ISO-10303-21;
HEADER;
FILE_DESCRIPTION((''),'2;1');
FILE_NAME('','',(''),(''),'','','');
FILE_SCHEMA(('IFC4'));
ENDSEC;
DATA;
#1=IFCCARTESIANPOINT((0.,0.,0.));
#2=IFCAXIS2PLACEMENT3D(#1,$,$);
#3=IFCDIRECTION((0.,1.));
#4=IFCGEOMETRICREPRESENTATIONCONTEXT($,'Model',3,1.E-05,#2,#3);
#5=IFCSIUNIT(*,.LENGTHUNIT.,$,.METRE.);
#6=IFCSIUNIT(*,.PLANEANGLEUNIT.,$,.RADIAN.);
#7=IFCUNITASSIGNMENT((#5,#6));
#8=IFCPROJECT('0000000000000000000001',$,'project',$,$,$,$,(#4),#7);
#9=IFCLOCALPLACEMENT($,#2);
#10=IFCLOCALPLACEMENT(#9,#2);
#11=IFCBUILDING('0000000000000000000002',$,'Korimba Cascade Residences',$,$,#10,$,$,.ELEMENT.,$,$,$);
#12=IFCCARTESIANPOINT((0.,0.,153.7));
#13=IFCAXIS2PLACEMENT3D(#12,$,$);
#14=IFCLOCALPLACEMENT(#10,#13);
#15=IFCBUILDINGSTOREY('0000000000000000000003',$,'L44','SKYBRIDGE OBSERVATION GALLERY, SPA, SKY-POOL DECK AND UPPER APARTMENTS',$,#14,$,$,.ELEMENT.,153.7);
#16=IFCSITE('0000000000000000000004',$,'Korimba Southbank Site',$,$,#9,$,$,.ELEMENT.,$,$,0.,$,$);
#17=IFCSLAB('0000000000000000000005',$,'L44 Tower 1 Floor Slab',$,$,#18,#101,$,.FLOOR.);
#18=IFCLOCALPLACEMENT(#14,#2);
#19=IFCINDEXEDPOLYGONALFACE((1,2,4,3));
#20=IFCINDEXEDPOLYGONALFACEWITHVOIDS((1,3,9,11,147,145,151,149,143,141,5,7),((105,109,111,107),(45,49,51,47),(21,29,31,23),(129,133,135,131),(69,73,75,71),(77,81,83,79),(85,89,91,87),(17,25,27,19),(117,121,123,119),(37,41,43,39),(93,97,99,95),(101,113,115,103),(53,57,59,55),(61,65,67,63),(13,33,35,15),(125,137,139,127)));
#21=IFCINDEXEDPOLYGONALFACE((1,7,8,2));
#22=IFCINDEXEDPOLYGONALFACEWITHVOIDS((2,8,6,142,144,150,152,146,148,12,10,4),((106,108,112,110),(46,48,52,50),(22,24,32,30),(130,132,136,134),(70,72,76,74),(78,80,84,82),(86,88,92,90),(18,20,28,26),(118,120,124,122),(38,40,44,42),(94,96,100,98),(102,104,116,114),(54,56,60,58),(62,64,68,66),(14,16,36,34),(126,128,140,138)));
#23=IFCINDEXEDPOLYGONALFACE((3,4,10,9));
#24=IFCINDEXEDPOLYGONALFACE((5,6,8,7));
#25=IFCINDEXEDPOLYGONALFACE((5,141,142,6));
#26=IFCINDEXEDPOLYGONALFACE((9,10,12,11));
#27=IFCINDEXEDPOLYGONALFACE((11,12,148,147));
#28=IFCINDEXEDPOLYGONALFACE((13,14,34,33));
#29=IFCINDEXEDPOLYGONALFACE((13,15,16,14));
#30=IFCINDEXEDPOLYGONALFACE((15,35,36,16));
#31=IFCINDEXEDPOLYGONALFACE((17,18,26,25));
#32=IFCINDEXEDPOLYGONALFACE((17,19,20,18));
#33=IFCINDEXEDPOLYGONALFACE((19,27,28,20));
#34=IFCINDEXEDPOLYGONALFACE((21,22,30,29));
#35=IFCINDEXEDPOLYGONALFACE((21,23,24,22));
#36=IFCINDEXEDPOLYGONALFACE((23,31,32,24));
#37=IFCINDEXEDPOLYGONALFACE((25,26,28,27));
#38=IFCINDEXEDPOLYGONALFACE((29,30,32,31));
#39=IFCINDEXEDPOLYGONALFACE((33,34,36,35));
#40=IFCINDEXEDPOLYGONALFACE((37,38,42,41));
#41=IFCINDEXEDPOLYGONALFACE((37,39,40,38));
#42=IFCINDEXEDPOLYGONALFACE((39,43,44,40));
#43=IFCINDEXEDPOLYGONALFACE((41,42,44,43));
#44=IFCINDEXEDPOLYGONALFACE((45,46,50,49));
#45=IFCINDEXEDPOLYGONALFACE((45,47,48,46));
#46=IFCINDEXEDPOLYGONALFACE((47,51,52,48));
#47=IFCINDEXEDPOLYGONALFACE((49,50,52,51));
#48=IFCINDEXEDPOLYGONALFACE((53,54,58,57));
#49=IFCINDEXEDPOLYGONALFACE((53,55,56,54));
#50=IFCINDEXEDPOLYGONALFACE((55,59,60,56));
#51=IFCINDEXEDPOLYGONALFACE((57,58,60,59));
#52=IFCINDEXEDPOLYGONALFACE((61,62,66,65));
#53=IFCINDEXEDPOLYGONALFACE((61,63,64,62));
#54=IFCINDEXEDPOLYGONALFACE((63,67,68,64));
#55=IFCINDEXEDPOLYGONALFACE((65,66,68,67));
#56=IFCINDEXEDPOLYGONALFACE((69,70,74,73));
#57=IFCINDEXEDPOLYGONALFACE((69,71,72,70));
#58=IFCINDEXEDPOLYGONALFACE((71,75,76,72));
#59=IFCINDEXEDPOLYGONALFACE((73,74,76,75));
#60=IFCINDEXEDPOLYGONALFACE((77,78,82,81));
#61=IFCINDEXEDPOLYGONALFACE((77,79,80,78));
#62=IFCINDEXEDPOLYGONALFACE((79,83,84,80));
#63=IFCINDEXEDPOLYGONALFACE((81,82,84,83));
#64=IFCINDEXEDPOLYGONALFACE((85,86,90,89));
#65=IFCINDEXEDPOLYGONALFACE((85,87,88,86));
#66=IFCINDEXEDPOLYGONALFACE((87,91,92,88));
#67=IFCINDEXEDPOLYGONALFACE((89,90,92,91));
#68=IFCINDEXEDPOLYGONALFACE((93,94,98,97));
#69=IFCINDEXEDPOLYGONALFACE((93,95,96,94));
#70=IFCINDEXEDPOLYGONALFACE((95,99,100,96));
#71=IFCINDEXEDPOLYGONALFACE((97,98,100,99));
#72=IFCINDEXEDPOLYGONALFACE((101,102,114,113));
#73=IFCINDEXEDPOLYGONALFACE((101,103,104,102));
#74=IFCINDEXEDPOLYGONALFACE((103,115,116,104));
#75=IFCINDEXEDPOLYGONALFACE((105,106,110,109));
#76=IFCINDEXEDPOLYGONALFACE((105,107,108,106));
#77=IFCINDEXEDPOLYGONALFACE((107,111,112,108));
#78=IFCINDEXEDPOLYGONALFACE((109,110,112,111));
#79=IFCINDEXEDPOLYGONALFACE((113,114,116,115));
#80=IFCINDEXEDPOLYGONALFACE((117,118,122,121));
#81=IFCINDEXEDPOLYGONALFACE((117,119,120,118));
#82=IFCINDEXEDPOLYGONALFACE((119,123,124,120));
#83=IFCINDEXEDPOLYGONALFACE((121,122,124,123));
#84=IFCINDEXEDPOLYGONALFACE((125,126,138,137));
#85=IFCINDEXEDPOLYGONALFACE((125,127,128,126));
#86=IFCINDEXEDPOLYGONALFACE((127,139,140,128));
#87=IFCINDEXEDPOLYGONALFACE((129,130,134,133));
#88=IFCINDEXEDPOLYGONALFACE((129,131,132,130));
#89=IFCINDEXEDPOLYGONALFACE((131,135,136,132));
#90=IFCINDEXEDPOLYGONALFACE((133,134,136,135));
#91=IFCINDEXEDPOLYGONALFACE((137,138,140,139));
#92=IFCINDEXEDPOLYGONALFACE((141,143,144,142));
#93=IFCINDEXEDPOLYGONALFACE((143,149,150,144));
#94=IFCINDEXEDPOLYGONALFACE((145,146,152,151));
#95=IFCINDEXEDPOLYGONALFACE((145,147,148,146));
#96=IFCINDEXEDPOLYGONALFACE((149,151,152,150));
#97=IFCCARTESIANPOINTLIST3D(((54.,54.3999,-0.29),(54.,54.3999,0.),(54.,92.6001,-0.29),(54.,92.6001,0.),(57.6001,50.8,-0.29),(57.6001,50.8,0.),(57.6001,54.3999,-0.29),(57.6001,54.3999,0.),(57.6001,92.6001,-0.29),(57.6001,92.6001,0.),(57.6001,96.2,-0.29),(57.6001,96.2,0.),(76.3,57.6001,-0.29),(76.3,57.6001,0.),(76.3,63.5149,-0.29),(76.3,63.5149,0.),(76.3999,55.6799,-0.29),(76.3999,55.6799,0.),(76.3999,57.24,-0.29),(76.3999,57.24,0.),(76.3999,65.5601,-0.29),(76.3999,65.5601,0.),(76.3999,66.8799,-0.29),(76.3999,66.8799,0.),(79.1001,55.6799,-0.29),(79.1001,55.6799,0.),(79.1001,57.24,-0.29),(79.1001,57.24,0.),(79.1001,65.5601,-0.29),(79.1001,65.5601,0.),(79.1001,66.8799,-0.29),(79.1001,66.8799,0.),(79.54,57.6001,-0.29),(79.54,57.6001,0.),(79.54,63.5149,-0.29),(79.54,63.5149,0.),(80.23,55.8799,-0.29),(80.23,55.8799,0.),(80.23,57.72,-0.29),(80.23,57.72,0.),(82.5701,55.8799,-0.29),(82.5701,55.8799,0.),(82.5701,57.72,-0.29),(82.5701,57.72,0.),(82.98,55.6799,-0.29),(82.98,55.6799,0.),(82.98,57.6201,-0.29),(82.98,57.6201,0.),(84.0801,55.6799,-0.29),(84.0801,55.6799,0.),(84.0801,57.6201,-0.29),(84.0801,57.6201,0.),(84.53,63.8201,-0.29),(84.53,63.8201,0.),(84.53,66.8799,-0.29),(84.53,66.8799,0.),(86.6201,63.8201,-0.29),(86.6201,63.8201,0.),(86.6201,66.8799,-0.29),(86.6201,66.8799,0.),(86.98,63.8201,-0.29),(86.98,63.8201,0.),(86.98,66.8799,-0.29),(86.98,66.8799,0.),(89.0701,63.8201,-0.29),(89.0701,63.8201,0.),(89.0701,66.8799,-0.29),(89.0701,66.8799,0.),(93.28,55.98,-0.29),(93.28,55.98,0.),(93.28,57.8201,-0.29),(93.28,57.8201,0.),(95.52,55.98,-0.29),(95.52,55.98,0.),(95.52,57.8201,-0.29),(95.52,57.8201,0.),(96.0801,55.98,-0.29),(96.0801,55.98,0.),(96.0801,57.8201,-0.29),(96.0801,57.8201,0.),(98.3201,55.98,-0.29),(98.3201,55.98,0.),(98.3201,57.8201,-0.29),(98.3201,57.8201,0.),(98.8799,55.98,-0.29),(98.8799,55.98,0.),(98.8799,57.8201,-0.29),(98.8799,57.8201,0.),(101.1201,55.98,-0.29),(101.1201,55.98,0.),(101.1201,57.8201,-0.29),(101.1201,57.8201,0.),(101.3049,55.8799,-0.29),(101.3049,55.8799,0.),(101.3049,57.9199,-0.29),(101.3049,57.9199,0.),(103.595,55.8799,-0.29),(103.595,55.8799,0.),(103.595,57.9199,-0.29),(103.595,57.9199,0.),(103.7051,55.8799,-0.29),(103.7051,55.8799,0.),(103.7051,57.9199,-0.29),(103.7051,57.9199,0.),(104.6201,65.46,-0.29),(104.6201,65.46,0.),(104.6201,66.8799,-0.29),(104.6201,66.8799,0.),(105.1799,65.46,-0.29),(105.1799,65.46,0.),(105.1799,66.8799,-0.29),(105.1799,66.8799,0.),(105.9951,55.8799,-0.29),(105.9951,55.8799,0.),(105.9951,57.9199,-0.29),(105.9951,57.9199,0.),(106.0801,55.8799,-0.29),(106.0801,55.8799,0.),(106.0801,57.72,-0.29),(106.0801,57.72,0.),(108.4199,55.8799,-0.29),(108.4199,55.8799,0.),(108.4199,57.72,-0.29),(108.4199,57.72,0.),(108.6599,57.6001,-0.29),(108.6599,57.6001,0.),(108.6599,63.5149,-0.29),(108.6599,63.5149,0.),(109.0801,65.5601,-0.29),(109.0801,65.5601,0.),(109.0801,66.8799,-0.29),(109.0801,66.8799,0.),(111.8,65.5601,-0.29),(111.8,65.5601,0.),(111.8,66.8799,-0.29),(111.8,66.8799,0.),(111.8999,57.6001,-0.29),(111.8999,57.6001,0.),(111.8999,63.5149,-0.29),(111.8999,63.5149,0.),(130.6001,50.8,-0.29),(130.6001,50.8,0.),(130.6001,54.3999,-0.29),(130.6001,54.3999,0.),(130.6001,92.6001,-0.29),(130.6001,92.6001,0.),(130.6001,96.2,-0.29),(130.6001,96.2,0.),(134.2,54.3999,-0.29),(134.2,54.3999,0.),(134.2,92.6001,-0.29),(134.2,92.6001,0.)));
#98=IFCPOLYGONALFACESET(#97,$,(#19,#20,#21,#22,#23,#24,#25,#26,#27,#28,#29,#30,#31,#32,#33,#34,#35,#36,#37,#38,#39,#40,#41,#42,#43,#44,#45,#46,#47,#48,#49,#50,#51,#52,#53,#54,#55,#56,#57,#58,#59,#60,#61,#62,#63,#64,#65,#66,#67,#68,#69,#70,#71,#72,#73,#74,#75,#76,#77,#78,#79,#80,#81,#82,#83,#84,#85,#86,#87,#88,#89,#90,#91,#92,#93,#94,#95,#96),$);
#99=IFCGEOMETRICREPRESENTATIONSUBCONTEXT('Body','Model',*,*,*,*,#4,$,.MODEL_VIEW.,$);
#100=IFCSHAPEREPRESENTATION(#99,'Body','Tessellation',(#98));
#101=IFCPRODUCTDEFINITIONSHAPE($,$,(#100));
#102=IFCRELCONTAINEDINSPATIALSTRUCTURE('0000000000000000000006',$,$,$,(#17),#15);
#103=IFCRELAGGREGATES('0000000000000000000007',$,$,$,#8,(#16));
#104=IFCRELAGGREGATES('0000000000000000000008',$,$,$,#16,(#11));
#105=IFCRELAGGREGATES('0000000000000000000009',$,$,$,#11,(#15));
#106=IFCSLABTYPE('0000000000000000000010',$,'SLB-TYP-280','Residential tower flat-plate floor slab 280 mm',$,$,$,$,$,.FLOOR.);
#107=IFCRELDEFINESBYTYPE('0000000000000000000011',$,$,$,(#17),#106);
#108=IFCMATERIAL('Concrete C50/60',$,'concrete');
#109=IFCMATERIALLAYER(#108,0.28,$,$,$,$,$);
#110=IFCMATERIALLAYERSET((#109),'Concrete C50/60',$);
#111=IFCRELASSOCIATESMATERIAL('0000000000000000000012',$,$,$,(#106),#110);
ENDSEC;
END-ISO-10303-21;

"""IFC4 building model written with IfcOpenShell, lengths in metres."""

from ifc_helpers import new_model, si_unit, direction, frame, origin, place, context, subcontext, project, spatial, polyline, outline, extrude, material, layer, layer_set, type_object, element, save


model = new_model("IFC4")

# Units and contexts
model_context = context("Model", 3, precision=1e-05, world=origin(), true_north=direction((0.0, 1.0)))
body_context = subcontext(model_context, "Body", "Model", "MODEL_VIEW")
ifc_project = project(units=[si_unit("LENGTHUNIT", "METRE"), si_unit("PLANEANGLEUNIT", "RADIAN")], contexts=[model_context])

# Site, building, storey
site_placement = place(None, origin())
site = spatial("IfcSite", under=ifc_project, at=site_placement, Name="Korimba Southbank Site", CompositionType="ELEMENT", RefElevation=0.0)
building_placement = place(site_placement, origin())
building = spatial("IfcBuilding", under=site, at=building_placement, Name="Korimba Cascade Residences", CompositionType="ELEMENT")
storey_placement = place(building_placement, frame((0.0, 0.0, 153.7)))
storey = spatial("IfcBuildingStorey", under=building, at=storey_placement, Name="L44", Description="SKYBRIDGE OBSERVATION GALLERY, SPA, SKY-POOL DECK AND UPPER APARTMENTS", CompositionType="ELEMENT", Elevation=153.7)

# Shared definitions
ifc_material_1 = material(Name="Concrete C50/60", Category="concrete")

# Slab
ifc_layer_1 = layer(ifc_material_1, 0.28)
ifc_layer_set_1 = layer_set([ifc_layer_1], Name="Concrete C50/60")
slab_type_1 = type_object("IfcSlabType", Name="SLB-TYP-280", Description="Residential tower flat-plate floor slab 280 mm", PredefinedType="FLOOR", material=ifc_layer_set_1)
slab_1_placement = place(storey_placement, frame((0.0, 0.0, -0.29)))
element("IfcSlab", 1, at=slab_1_placement, inside=storey, type_object=slab_type_1, Name="L44 Tower 1 Floor Slab", PredefinedType="FLOOR", context=body_context, shape_type="SweptSolid", body=[
    extrude(outline(polyline([(57.6001, 50.8), (130.6001, 50.8), (130.6001, 54.3999), (134.2, 54.3999), (134.2, 92.6001), (130.6001, 92.6001), (130.6001, 96.2), (57.6001, 96.2), (57.6001, 92.6001), (54.0, 92.6001), (54.0, 54.3999), (57.6001, 54.3999), (57.6001, 50.8)]), holes=[polyline([(76.3, 63.5149), (76.3, 57.6001), (79.54, 57.6001), (79.54, 63.5149), (76.3, 63.5149)]), polyline([(108.6599, 63.5149), (108.6599, 57.6001), (111.8999, 57.6001), (111.8999, 63.5149), (108.6599, 63.5149)]), polyline([(80.23, 55.8799), (82.5701, 55.8799), (82.5701, 57.72), (80.23, 57.72), (80.23, 55.8799)]), polyline([(106.0801, 55.8799), (108.4199, 55.8799), (108.4199, 57.72), (106.0801, 57.72), (106.0801, 55.8799)]), polyline([(93.28, 55.98), (95.52, 55.98), (95.52, 57.8201), (93.28, 57.8201), (93.28, 55.98)]), polyline([(96.0801, 55.98), (98.3201, 55.98), (98.3201, 57.8201), (96.0801, 57.8201), (96.0801, 55.98)]), polyline([(98.8799, 55.98), (101.1201, 55.98), (101.1201, 57.8201), (98.8799, 57.8201), (98.8799, 55.98)]), polyline([(101.3049, 55.8799), (103.595, 55.8799), (103.595, 57.9199), (101.3049, 57.9199), (101.3049, 55.8799)]), polyline([(103.7051, 55.8799), (105.9951, 55.8799), (105.9951, 57.9199), (103.7051, 57.9199), (103.7051, 55.8799)]), polyline([(82.98, 55.6799), (84.0801, 55.6799), (84.0801, 57.6201), (82.98, 57.6201), (82.98, 55.6799)]), polyline([(76.3999, 65.5601), (79.1001, 65.5601), (79.1001, 66.8799), (76.3999, 66.8799), (76.3999, 65.5601)]), polyline([(76.3999, 55.6799), (79.1001, 55.6799), (79.1001, 57.24), (76.3999, 57.24), (76.3999, 55.6799)]), polyline([(84.53, 63.8201), (86.6201, 63.8201), (86.6201, 66.8799), (84.53, 66.8799), (84.53, 63.8201)]), polyline([(86.98, 63.8201), (89.0701, 63.8201), (89.0701, 66.8799), (86.98, 66.8799), (86.98, 63.8201)]), polyline([(104.6201, 65.46), (105.1799, 65.46), (105.1799, 66.8799), (104.6201, 66.8799), (104.6201, 65.46)]), polyline([(109.0801, 65.5601), (111.8, 65.5601), (111.8, 66.8799), (109.0801, 66.8799), (109.0801, 65.5601)])]), origin(), (0.0, 0.0, 1.0), 0.29),
])

save(model, "model.ifc")
